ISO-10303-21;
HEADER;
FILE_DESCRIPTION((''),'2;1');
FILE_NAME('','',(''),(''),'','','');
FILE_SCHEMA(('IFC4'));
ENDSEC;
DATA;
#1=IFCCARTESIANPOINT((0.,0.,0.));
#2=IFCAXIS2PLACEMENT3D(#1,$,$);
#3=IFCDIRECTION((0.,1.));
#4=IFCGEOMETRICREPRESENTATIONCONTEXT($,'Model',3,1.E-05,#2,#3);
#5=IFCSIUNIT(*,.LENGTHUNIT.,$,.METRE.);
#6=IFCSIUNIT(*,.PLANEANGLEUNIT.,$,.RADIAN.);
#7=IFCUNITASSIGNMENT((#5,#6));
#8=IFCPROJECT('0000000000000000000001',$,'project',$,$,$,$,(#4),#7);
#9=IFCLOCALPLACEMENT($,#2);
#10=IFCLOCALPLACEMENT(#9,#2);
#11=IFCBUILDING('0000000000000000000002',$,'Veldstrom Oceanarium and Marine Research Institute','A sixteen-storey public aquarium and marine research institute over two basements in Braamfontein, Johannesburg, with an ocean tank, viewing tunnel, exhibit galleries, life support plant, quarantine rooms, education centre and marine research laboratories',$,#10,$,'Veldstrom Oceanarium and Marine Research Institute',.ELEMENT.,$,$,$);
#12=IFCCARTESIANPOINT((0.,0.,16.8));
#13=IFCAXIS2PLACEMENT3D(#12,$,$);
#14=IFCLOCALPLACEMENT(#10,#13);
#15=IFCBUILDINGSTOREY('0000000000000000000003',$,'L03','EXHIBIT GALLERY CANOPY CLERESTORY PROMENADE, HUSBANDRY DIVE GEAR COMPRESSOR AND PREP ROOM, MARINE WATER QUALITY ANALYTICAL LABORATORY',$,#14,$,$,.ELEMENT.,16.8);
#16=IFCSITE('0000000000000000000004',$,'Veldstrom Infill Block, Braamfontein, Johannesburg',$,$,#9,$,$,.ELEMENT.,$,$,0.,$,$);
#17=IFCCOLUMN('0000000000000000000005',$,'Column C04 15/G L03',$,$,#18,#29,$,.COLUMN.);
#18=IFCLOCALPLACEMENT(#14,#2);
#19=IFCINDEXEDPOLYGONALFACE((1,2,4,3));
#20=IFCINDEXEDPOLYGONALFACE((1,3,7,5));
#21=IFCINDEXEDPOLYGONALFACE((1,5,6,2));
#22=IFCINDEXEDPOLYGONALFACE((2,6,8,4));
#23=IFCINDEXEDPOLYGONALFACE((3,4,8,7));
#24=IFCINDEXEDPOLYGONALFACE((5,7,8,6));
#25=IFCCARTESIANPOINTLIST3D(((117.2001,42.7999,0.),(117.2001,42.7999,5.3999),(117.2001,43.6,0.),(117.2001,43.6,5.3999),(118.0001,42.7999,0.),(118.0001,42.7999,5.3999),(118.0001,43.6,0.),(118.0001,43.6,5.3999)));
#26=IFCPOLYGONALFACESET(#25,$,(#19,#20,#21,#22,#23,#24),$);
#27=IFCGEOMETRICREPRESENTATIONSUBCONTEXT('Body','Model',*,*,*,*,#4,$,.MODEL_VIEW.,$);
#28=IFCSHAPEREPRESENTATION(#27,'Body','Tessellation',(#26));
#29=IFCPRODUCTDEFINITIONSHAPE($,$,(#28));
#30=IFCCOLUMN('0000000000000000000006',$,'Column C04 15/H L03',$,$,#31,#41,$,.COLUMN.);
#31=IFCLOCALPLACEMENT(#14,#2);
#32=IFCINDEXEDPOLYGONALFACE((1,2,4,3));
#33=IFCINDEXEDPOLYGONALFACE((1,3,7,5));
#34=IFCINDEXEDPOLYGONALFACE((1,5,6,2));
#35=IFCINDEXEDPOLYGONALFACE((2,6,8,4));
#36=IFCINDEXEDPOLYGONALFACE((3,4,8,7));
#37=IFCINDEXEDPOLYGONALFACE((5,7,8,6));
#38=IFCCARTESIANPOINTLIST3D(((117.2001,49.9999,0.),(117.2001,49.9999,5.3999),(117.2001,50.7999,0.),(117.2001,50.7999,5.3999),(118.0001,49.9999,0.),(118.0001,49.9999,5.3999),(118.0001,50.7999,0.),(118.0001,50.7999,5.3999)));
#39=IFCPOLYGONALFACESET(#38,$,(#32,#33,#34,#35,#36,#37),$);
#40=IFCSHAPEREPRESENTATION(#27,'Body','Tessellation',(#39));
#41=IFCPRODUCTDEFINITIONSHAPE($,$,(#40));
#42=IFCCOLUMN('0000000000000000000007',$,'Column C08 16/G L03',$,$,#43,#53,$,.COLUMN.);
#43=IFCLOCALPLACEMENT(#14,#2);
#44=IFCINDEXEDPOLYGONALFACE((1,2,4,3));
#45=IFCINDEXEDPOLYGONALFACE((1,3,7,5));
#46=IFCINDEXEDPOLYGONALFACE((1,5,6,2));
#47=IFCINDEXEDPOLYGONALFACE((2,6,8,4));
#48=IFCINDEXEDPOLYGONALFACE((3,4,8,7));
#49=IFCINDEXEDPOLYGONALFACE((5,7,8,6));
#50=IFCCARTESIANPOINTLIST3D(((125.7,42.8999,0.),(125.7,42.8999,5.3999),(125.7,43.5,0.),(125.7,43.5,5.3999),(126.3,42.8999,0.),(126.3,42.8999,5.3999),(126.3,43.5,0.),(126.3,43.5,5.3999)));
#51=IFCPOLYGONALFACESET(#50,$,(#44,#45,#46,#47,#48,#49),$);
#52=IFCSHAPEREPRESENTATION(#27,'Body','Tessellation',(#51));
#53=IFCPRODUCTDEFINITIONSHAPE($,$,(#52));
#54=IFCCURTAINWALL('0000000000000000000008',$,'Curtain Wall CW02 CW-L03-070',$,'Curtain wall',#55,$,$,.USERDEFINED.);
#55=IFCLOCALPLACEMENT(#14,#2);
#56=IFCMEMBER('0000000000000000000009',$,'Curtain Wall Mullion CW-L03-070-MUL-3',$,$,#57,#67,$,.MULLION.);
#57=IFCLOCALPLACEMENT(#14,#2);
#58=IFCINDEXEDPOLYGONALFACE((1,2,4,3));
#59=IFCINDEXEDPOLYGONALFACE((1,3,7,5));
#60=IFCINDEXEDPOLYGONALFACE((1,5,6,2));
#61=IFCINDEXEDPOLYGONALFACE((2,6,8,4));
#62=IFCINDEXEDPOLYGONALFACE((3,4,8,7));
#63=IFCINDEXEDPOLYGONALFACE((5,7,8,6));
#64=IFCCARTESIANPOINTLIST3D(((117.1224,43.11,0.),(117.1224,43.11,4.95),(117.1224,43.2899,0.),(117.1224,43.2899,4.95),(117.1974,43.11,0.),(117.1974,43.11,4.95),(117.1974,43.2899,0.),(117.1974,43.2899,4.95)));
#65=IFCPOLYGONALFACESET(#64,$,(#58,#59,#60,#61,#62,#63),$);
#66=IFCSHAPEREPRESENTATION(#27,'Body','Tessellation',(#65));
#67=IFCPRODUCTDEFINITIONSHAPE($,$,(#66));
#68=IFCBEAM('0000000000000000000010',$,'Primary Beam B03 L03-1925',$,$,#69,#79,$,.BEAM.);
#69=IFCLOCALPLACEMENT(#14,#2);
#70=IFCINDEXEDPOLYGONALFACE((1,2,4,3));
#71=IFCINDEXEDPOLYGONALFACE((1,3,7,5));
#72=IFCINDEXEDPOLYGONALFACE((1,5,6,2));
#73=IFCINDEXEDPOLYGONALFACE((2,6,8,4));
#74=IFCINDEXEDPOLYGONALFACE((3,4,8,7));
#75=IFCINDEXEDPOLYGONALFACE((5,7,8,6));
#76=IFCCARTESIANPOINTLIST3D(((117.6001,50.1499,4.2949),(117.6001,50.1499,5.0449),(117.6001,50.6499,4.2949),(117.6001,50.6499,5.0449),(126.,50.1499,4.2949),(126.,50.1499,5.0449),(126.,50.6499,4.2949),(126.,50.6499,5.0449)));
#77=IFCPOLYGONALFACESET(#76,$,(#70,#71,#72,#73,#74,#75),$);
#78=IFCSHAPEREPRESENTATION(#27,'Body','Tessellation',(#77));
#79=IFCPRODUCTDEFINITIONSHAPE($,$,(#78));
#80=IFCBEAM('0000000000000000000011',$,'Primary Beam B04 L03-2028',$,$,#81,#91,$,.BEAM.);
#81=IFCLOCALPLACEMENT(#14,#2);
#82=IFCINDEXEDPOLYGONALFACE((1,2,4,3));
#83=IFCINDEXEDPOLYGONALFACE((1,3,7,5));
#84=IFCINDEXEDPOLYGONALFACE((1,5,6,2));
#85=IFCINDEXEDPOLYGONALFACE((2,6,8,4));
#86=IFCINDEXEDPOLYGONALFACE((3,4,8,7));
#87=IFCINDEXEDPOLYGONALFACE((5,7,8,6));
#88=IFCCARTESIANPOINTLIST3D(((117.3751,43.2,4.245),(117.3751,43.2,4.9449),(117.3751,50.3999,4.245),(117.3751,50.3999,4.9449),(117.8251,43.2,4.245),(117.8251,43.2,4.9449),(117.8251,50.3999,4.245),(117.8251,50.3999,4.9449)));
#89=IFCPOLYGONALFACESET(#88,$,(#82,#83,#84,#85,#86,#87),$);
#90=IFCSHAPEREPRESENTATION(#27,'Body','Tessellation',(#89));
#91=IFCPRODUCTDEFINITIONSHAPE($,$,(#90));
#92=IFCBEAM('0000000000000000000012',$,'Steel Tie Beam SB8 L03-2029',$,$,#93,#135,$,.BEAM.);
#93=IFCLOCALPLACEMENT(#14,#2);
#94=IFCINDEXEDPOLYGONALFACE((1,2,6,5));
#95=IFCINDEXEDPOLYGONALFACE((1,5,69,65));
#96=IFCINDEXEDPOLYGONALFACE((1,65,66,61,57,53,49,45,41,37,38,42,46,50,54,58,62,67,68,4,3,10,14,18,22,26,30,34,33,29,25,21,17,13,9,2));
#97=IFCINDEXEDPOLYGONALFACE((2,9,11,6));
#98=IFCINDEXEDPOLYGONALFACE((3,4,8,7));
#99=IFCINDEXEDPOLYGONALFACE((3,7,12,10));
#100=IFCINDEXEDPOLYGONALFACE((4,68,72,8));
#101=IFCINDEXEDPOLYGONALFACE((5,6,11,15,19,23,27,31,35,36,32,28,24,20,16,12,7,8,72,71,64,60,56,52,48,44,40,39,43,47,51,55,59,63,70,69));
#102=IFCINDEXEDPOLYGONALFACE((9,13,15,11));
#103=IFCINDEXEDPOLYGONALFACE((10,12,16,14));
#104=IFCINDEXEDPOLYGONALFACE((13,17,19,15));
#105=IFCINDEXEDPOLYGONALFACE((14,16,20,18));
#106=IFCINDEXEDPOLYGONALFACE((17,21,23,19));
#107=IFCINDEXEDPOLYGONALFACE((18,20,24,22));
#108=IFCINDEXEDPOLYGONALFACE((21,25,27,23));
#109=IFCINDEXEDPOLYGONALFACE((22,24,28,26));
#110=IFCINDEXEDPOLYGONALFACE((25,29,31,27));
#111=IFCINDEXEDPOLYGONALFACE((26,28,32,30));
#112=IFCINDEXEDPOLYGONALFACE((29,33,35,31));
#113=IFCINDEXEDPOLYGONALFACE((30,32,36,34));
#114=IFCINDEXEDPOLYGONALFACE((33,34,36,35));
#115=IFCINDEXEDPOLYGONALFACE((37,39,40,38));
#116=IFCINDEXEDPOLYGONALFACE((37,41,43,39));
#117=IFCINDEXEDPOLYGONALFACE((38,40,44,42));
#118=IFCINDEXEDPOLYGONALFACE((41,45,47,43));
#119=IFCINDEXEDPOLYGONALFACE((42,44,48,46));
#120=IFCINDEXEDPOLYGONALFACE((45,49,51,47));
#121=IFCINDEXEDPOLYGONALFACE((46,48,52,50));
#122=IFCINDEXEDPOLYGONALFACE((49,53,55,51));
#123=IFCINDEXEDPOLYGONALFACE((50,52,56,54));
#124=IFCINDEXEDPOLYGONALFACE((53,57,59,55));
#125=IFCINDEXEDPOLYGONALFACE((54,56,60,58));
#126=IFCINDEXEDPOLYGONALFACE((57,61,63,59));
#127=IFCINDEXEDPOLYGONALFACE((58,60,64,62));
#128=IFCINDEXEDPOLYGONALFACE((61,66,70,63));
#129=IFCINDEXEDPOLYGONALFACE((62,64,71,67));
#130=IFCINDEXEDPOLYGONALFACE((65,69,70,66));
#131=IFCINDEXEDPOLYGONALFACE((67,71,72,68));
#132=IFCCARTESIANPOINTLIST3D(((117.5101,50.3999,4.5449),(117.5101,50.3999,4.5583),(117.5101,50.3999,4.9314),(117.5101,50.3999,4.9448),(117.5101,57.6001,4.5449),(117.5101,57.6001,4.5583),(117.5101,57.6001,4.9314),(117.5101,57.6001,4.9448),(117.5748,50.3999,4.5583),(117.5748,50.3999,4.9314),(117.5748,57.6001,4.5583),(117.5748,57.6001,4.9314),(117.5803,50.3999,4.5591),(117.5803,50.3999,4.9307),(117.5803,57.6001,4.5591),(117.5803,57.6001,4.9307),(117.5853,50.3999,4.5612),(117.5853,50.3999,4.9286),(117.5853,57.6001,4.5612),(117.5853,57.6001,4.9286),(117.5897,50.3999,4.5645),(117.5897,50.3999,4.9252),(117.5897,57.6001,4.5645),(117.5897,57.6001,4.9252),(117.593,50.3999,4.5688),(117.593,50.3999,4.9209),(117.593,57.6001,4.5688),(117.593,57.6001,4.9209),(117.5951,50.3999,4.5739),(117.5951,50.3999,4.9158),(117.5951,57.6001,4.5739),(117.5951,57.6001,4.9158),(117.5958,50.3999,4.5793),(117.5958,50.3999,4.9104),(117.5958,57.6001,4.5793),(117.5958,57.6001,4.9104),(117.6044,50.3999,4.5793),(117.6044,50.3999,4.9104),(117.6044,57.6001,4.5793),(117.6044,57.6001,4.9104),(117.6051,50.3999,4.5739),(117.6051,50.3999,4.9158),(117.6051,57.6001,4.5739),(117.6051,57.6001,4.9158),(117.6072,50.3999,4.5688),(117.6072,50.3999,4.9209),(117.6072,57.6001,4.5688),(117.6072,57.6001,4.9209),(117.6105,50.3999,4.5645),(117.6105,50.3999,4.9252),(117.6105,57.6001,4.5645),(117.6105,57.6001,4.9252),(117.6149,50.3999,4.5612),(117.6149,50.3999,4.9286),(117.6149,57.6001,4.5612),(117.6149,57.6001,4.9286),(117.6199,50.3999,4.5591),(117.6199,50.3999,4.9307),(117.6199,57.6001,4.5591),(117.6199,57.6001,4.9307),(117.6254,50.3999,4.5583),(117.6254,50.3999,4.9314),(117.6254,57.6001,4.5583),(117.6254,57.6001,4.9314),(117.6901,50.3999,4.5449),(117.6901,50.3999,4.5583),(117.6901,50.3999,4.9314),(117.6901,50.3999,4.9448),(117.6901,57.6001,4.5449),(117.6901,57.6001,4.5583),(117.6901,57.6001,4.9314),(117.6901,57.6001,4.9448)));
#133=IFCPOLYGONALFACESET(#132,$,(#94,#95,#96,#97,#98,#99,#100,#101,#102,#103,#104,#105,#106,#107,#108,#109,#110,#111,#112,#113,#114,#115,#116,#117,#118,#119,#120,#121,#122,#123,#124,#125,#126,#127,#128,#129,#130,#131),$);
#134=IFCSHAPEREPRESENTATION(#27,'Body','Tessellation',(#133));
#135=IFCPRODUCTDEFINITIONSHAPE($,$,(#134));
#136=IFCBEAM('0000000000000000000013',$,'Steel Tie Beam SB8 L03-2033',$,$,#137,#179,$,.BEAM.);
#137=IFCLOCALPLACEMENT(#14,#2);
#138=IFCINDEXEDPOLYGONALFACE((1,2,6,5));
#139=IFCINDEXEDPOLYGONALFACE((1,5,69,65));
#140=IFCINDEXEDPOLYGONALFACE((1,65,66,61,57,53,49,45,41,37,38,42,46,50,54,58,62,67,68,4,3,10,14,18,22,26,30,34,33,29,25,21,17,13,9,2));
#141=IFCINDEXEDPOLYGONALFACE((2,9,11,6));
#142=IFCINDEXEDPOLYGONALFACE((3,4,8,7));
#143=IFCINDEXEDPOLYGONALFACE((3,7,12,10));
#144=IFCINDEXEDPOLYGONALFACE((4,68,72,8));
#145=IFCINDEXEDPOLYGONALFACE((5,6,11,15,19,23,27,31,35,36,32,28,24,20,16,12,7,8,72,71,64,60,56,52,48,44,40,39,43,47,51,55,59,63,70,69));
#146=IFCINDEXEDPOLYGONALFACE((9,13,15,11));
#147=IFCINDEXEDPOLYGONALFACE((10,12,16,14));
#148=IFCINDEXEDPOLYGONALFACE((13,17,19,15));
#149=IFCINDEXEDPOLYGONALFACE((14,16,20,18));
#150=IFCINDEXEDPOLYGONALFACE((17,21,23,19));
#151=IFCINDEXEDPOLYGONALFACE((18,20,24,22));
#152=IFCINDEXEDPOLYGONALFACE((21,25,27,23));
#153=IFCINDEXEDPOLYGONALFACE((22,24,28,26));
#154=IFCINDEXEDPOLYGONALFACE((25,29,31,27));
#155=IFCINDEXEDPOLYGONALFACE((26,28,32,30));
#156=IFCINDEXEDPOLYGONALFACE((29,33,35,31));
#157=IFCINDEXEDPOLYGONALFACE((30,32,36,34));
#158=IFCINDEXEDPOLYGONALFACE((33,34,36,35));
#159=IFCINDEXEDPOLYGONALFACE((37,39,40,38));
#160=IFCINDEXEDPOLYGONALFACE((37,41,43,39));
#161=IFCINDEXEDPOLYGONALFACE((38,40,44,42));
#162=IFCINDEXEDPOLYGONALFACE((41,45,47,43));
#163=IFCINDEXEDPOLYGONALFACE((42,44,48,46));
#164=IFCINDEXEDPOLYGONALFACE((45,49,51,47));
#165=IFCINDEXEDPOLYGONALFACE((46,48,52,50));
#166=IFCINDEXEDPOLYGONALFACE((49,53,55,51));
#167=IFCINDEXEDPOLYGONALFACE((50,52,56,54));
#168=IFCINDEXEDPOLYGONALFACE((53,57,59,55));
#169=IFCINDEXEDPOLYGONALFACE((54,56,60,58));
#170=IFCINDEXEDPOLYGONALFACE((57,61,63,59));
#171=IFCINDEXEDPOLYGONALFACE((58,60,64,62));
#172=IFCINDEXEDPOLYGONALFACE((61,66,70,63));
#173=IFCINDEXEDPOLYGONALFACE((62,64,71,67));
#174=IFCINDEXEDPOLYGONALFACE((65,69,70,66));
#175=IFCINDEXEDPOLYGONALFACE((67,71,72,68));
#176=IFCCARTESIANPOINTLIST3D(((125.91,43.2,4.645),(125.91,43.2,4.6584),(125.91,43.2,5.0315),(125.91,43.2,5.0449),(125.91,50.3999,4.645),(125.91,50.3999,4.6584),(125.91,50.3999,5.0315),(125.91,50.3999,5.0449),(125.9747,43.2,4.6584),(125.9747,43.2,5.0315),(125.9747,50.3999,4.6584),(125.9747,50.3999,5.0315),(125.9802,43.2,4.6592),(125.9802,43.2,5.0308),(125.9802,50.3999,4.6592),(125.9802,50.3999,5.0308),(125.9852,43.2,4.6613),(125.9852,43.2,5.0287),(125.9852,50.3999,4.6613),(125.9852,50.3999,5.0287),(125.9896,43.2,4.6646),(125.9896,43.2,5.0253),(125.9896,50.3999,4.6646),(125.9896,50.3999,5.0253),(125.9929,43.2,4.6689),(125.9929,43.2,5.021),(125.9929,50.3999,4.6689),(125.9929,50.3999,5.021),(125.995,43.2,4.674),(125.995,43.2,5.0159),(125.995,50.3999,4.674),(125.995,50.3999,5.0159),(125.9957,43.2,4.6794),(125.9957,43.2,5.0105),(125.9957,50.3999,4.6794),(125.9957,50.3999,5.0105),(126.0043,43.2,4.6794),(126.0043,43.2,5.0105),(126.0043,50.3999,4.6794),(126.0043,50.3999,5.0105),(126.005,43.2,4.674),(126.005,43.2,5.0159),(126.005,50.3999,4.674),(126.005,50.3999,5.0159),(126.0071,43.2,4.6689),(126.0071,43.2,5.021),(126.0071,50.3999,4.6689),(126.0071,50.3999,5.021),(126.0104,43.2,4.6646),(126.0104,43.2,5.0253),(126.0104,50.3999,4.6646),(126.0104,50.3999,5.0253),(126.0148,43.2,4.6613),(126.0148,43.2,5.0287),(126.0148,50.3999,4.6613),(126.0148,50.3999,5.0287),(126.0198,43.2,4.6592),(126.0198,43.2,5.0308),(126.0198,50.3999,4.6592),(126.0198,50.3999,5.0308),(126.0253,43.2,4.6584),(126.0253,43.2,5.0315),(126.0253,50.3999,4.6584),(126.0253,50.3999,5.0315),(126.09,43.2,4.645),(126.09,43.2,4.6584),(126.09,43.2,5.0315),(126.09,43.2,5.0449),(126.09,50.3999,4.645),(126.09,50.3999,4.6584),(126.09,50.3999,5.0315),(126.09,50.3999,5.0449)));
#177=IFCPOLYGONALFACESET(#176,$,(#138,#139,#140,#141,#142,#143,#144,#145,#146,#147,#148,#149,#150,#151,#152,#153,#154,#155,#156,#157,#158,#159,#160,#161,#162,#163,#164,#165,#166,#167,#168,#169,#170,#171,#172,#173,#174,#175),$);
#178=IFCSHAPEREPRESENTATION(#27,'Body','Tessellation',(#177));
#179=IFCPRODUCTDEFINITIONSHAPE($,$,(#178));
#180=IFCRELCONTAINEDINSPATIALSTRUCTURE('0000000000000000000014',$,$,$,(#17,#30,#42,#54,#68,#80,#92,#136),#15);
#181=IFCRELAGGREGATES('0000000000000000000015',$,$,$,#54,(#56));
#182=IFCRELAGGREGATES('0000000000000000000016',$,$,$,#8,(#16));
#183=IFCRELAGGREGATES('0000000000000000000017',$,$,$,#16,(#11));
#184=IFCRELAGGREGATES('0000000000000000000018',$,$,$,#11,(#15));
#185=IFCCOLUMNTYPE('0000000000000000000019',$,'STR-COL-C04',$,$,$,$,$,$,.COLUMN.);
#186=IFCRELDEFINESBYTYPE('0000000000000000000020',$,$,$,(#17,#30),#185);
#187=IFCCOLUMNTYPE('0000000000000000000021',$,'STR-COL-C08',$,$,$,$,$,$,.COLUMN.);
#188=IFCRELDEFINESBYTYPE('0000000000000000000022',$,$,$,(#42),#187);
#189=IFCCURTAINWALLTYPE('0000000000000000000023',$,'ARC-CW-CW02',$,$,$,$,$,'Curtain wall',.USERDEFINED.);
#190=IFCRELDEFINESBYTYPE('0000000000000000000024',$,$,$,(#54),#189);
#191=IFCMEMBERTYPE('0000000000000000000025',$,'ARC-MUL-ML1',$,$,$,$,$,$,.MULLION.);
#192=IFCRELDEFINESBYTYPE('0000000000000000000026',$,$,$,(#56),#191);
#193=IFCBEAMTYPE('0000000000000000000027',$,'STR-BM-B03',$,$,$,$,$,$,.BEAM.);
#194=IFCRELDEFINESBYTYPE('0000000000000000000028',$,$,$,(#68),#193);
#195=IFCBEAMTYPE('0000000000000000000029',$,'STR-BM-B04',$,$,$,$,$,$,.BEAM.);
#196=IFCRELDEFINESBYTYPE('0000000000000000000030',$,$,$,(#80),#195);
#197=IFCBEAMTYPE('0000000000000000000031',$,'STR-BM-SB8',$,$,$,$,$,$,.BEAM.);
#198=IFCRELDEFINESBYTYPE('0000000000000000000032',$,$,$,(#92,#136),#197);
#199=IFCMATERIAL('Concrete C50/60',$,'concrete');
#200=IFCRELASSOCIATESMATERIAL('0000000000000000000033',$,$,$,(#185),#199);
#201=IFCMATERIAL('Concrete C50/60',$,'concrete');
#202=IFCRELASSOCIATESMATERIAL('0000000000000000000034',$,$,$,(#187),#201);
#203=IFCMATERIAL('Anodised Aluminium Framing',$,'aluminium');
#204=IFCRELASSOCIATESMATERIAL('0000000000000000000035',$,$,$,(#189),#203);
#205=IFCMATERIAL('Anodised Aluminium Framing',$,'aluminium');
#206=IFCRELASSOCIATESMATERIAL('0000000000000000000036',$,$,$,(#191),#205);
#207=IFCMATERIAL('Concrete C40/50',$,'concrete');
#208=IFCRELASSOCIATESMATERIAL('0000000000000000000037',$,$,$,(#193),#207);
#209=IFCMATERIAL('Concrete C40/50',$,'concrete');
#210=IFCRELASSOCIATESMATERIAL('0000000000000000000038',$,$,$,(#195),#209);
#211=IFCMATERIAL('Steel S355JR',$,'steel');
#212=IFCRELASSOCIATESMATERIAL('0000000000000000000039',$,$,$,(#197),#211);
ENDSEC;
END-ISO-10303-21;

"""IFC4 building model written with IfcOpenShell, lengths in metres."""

from ifc_helpers import new_model, si_unit, direction, frame, origin, origin_2d, place, context, subcontext, project, spatial, rectangle, i_section, extrude, material, material_profile, profile_set, type_object, element, aggregate, save


model = new_model("IFC4")

# Units and contexts
model_context = context("Model", 3, precision=1e-05, world=origin(), true_north=direction((0.0, 1.0)))
body_context = subcontext(model_context, "Body", "Model", "MODEL_VIEW")
ifc_project = project(units=[si_unit("LENGTHUNIT", "METRE"), si_unit("PLANEANGLEUNIT", "RADIAN")], contexts=[model_context])

# Site, building, storey
site_placement = place(None, origin())
site = spatial("IfcSite", under=ifc_project, at=site_placement, Name="Veldstrom Infill Block, Braamfontein, Johannesburg", CompositionType="ELEMENT", RefElevation=0.0)
building_placement = place(site_placement, origin())
building = spatial("IfcBuilding", under=site, at=building_placement, Name="Veldstrom Oceanarium and Marine Research Institute", Description="A sixteen-storey public aquarium and marine research institute over two basements in Braamfontein, Johannesburg, with an ocean tank, viewing tunnel, exhibit galleries, life support plant, quarantine rooms, education centre and marine research laboratories", LongName="Veldstrom Oceanarium and Marine Research Institute", CompositionType="ELEMENT")
storey_placement = place(building_placement, frame((0.0, 0.0, 16.8)))
storey = spatial("IfcBuildingStorey", under=building, at=storey_placement, Name="L03", Description="EXHIBIT GALLERY CANOPY CLERESTORY PROMENADE, HUSBANDRY DIVE GEAR COMPRESSOR AND PREP ROOM, MARINE WATER QUALITY ANALYTICAL LABORATORY", CompositionType="ELEMENT", Elevation=16.8)

# Columns
ifc_material_1 = material(Name="Concrete C50/60", Category="concrete")
ifc_material_profile_1 = material_profile(ifc_material_1, rectangle(XDim=0.8, YDim=0.8, at=origin_2d()), Name="RC-COL-800x800")
ifc_profile_set_1 = profile_set([ifc_material_profile_1], Name="Concrete C50/60")
column_type_1 = type_object("IfcColumnType", Name="STR-COL-C04", PredefinedType="COLUMN", material=ifc_profile_set_1)
for number, where, z_axis, x_axis, name in (
    (1, (117.6001, 43.2, 0.0), (0.0, 0.0, 1.0), (1.0, 0.0, 0.0), "Column C04 15/G L03"),
    (2, (117.6001, 50.3999, 0.0), (0.0, 0.0, 1.0), (1.0, 0.0, 0.0), "Column C04 15/H L03"),
):
    element("IfcColumn", number, at=place(storey_placement, frame(where, z_axis=z_axis, x_axis=x_axis)), inside=storey, type_object=column_type_1, Name=name, PredefinedType="COLUMN", context=body_context, shape_type="SweptSolid", body=[
        extrude(rectangle(XDim=0.8, YDim=0.8, at=origin_2d()), origin(), (0.0, 0.0, 1.0), 5.3999),
    ])
ifc_material_2 = material(Name="Concrete C50/60", Category="concrete")
ifc_material_profile_2 = material_profile(ifc_material_2, rectangle(XDim=0.6001, YDim=0.6001, at=origin_2d()), Name="RC-COL-600x600")
ifc_profile_set_2 = profile_set([ifc_material_profile_2], Name="Concrete C50/60")
column_type_2 = type_object("IfcColumnType", Name="STR-COL-C08", PredefinedType="COLUMN", material=ifc_profile_set_2)
column_placement = place(storey_placement, frame((126.0, 43.2, 0.0), z_axis=(0.0, 0.0, 1.0), x_axis=(1.0, 0.0, 0.0)))
element("IfcColumn", 3, at=column_placement, inside=storey, type_object=column_type_2, Name="Column C08 16/G L03", PredefinedType="COLUMN", context=body_context, shape_type="SweptSolid", body=[
    extrude(rectangle(XDim=0.6001, YDim=0.6001, at=origin_2d()), origin(), (0.0, 0.0, 1.0), 5.3999),
])

# Curtain wall, member
ifc_material_3 = material(Name="Anodised Aluminium Framing", Category="aluminium")
curtain_wall_type = type_object("IfcCurtainWallType", Name="ARC-CW-CW02", ElementType="Curtain wall", PredefinedType="USERDEFINED", material=ifc_material_3)
curtain_wall_placement = place(storey_placement, origin())
curtain_wall = element("IfcCurtainWall", 4, at=curtain_wall_placement, inside=storey, type_object=curtain_wall_type, Name="Curtain Wall CW02 CW-L03-070", ObjectType="Curtain wall", PredefinedType="USERDEFINED")
ifc_material_4 = material(Name="Anodised Aluminium Framing", Category="aluminium")
ifc_material_profile_3 = material_profile(ifc_material_4, rectangle(XDim=0.075, YDim=0.1799, at=origin_2d()), Name="ALU-MUL-75x180")
ifc_profile_set_3 = profile_set([ifc_material_profile_3], Name="Anodised Aluminium Framing")
member_type_1 = type_object("IfcMemberType", Name="ARC-MUL-ML1", PredefinedType="MULLION", material=ifc_profile_set_3)
member_1_placement = place(storey_placement, frame((117.1599, 43.2, 0.0), z_axis=(0.0, 0.0, 1.0), x_axis=(1.0, 0.0, 0.0)))
member_1 = element("IfcMember", 5, at=member_1_placement, type_object=member_type_1, Name="Curtain Wall Mullion CW-L03-070-MUL-3", PredefinedType="MULLION", context=body_context, shape_type="SweptSolid", body=[
    extrude(rectangle(XDim=0.075, YDim=0.1799, at=origin_2d()), origin(), (0.0, 0.0, 1.0), 4.95),
])

# Beams
ifc_material_5 = material(Name="Concrete C40/50", Category="concrete")
ifc_material_profile_4 = material_profile(ifc_material_5, rectangle(XDim=0.5, YDim=0.75, at=origin_2d()), Name="RC-BM-500x750")
ifc_profile_set_4 = profile_set([ifc_material_profile_4], Name="Concrete C40/50")
beam_type_1 = type_object("IfcBeamType", Name="STR-BM-B03", PredefinedType="BEAM", material=ifc_profile_set_4)
beam_1_placement = place(storey_placement, frame((117.6001, 50.3999, 4.6699), z_axis=(1.0, 0.0, 0.0), x_axis=(0.0, 1.0, 0.0)))
element("IfcBeam", 6, at=beam_1_placement, inside=storey, type_object=beam_type_1, Name="Primary Beam B03 L03-1925", PredefinedType="BEAM", context=body_context, shape_type="SweptSolid", body=[
    extrude(rectangle(XDim=0.5, YDim=0.75, at=origin_2d()), origin(), (0.0, 0.0, 1.0), 8.3999),
])
ifc_material_6 = material(Name="Concrete C40/50", Category="concrete")
ifc_material_profile_5 = material_profile(ifc_material_6, rectangle(XDim=0.45, YDim=0.7, at=origin_2d()), Name="RC-BM-450x700")
ifc_profile_set_5 = profile_set([ifc_material_profile_5], Name="Concrete C40/50")
beam_type_2 = type_object("IfcBeamType", Name="STR-BM-B04", PredefinedType="BEAM", material=ifc_profile_set_5)
beam_2_placement = place(storey_placement, frame((117.6001, 43.2, 4.595), z_axis=(0.0, 1.0, 0.0), x_axis=(-1.0, 0.0, 0.0)))
element("IfcBeam", 7, at=beam_2_placement, inside=storey, type_object=beam_type_2, Name="Primary Beam B04 L03-2028", PredefinedType="BEAM", context=body_context, shape_type="SweptSolid", body=[
    extrude(rectangle(XDim=0.45, YDim=0.7, at=origin_2d()), origin(), (0.0, 0.0, 1.0), 7.2),
])
ifc_material_7 = material(Name="Steel S355JR", Category="steel")
ifc_material_profile_6 = material_profile(ifc_material_7, i_section(OverallWidth=0.1799, OverallDepth=0.3999, WebThickness=0.0085, FlangeThickness=0.0134, FilletRadius=0.021, at=origin_2d()), Name="IPE 400")
ifc_profile_set_6 = profile_set([ifc_material_profile_6], Name="Steel S355JR")
beam_type_3 = type_object("IfcBeamType", Name="STR-BM-SB8", PredefinedType="BEAM", material=ifc_profile_set_6)
beam_3_placement = place(storey_placement, frame((117.6001, 50.3999, 4.7449), z_axis=(0.0, 1.0, 0.0), x_axis=(-1.0, 0.0, 0.0)))
element("IfcBeam", 8, at=beam_3_placement, inside=storey, type_object=beam_type_3, Name="Steel Tie Beam SB8 L03-2029", PredefinedType="BEAM", context=body_context, shape_type="SweptSolid", body=[
    extrude(i_section(OverallWidth=0.1799, OverallDepth=0.3999, WebThickness=0.0085, FlangeThickness=0.0134, FilletRadius=0.021, at=origin_2d()), origin(), (0.0, 0.0, 1.0), 7.2002),
])
beam_4_placement = place(storey_placement, frame((126.0, 43.2, 4.845), z_axis=(0.0, 1.0, 0.0), x_axis=(-1.0, 0.0, 0.0)))
element("IfcBeam", 9, at=beam_4_placement, inside=storey, type_object=beam_type_3, Name="Steel Tie Beam SB8 L03-2033", PredefinedType="BEAM", context=body_context, shape_type="SweptSolid", body=[
    extrude(i_section(OverallWidth=0.1799, OverallDepth=0.3999, WebThickness=0.0085, FlangeThickness=0.0134, FilletRadius=0.021, at=origin_2d()), origin(), (0.0, 0.0, 1.0), 7.2),
])

aggregate(curtain_wall, [member_1])

save(model, "model.ifc")
